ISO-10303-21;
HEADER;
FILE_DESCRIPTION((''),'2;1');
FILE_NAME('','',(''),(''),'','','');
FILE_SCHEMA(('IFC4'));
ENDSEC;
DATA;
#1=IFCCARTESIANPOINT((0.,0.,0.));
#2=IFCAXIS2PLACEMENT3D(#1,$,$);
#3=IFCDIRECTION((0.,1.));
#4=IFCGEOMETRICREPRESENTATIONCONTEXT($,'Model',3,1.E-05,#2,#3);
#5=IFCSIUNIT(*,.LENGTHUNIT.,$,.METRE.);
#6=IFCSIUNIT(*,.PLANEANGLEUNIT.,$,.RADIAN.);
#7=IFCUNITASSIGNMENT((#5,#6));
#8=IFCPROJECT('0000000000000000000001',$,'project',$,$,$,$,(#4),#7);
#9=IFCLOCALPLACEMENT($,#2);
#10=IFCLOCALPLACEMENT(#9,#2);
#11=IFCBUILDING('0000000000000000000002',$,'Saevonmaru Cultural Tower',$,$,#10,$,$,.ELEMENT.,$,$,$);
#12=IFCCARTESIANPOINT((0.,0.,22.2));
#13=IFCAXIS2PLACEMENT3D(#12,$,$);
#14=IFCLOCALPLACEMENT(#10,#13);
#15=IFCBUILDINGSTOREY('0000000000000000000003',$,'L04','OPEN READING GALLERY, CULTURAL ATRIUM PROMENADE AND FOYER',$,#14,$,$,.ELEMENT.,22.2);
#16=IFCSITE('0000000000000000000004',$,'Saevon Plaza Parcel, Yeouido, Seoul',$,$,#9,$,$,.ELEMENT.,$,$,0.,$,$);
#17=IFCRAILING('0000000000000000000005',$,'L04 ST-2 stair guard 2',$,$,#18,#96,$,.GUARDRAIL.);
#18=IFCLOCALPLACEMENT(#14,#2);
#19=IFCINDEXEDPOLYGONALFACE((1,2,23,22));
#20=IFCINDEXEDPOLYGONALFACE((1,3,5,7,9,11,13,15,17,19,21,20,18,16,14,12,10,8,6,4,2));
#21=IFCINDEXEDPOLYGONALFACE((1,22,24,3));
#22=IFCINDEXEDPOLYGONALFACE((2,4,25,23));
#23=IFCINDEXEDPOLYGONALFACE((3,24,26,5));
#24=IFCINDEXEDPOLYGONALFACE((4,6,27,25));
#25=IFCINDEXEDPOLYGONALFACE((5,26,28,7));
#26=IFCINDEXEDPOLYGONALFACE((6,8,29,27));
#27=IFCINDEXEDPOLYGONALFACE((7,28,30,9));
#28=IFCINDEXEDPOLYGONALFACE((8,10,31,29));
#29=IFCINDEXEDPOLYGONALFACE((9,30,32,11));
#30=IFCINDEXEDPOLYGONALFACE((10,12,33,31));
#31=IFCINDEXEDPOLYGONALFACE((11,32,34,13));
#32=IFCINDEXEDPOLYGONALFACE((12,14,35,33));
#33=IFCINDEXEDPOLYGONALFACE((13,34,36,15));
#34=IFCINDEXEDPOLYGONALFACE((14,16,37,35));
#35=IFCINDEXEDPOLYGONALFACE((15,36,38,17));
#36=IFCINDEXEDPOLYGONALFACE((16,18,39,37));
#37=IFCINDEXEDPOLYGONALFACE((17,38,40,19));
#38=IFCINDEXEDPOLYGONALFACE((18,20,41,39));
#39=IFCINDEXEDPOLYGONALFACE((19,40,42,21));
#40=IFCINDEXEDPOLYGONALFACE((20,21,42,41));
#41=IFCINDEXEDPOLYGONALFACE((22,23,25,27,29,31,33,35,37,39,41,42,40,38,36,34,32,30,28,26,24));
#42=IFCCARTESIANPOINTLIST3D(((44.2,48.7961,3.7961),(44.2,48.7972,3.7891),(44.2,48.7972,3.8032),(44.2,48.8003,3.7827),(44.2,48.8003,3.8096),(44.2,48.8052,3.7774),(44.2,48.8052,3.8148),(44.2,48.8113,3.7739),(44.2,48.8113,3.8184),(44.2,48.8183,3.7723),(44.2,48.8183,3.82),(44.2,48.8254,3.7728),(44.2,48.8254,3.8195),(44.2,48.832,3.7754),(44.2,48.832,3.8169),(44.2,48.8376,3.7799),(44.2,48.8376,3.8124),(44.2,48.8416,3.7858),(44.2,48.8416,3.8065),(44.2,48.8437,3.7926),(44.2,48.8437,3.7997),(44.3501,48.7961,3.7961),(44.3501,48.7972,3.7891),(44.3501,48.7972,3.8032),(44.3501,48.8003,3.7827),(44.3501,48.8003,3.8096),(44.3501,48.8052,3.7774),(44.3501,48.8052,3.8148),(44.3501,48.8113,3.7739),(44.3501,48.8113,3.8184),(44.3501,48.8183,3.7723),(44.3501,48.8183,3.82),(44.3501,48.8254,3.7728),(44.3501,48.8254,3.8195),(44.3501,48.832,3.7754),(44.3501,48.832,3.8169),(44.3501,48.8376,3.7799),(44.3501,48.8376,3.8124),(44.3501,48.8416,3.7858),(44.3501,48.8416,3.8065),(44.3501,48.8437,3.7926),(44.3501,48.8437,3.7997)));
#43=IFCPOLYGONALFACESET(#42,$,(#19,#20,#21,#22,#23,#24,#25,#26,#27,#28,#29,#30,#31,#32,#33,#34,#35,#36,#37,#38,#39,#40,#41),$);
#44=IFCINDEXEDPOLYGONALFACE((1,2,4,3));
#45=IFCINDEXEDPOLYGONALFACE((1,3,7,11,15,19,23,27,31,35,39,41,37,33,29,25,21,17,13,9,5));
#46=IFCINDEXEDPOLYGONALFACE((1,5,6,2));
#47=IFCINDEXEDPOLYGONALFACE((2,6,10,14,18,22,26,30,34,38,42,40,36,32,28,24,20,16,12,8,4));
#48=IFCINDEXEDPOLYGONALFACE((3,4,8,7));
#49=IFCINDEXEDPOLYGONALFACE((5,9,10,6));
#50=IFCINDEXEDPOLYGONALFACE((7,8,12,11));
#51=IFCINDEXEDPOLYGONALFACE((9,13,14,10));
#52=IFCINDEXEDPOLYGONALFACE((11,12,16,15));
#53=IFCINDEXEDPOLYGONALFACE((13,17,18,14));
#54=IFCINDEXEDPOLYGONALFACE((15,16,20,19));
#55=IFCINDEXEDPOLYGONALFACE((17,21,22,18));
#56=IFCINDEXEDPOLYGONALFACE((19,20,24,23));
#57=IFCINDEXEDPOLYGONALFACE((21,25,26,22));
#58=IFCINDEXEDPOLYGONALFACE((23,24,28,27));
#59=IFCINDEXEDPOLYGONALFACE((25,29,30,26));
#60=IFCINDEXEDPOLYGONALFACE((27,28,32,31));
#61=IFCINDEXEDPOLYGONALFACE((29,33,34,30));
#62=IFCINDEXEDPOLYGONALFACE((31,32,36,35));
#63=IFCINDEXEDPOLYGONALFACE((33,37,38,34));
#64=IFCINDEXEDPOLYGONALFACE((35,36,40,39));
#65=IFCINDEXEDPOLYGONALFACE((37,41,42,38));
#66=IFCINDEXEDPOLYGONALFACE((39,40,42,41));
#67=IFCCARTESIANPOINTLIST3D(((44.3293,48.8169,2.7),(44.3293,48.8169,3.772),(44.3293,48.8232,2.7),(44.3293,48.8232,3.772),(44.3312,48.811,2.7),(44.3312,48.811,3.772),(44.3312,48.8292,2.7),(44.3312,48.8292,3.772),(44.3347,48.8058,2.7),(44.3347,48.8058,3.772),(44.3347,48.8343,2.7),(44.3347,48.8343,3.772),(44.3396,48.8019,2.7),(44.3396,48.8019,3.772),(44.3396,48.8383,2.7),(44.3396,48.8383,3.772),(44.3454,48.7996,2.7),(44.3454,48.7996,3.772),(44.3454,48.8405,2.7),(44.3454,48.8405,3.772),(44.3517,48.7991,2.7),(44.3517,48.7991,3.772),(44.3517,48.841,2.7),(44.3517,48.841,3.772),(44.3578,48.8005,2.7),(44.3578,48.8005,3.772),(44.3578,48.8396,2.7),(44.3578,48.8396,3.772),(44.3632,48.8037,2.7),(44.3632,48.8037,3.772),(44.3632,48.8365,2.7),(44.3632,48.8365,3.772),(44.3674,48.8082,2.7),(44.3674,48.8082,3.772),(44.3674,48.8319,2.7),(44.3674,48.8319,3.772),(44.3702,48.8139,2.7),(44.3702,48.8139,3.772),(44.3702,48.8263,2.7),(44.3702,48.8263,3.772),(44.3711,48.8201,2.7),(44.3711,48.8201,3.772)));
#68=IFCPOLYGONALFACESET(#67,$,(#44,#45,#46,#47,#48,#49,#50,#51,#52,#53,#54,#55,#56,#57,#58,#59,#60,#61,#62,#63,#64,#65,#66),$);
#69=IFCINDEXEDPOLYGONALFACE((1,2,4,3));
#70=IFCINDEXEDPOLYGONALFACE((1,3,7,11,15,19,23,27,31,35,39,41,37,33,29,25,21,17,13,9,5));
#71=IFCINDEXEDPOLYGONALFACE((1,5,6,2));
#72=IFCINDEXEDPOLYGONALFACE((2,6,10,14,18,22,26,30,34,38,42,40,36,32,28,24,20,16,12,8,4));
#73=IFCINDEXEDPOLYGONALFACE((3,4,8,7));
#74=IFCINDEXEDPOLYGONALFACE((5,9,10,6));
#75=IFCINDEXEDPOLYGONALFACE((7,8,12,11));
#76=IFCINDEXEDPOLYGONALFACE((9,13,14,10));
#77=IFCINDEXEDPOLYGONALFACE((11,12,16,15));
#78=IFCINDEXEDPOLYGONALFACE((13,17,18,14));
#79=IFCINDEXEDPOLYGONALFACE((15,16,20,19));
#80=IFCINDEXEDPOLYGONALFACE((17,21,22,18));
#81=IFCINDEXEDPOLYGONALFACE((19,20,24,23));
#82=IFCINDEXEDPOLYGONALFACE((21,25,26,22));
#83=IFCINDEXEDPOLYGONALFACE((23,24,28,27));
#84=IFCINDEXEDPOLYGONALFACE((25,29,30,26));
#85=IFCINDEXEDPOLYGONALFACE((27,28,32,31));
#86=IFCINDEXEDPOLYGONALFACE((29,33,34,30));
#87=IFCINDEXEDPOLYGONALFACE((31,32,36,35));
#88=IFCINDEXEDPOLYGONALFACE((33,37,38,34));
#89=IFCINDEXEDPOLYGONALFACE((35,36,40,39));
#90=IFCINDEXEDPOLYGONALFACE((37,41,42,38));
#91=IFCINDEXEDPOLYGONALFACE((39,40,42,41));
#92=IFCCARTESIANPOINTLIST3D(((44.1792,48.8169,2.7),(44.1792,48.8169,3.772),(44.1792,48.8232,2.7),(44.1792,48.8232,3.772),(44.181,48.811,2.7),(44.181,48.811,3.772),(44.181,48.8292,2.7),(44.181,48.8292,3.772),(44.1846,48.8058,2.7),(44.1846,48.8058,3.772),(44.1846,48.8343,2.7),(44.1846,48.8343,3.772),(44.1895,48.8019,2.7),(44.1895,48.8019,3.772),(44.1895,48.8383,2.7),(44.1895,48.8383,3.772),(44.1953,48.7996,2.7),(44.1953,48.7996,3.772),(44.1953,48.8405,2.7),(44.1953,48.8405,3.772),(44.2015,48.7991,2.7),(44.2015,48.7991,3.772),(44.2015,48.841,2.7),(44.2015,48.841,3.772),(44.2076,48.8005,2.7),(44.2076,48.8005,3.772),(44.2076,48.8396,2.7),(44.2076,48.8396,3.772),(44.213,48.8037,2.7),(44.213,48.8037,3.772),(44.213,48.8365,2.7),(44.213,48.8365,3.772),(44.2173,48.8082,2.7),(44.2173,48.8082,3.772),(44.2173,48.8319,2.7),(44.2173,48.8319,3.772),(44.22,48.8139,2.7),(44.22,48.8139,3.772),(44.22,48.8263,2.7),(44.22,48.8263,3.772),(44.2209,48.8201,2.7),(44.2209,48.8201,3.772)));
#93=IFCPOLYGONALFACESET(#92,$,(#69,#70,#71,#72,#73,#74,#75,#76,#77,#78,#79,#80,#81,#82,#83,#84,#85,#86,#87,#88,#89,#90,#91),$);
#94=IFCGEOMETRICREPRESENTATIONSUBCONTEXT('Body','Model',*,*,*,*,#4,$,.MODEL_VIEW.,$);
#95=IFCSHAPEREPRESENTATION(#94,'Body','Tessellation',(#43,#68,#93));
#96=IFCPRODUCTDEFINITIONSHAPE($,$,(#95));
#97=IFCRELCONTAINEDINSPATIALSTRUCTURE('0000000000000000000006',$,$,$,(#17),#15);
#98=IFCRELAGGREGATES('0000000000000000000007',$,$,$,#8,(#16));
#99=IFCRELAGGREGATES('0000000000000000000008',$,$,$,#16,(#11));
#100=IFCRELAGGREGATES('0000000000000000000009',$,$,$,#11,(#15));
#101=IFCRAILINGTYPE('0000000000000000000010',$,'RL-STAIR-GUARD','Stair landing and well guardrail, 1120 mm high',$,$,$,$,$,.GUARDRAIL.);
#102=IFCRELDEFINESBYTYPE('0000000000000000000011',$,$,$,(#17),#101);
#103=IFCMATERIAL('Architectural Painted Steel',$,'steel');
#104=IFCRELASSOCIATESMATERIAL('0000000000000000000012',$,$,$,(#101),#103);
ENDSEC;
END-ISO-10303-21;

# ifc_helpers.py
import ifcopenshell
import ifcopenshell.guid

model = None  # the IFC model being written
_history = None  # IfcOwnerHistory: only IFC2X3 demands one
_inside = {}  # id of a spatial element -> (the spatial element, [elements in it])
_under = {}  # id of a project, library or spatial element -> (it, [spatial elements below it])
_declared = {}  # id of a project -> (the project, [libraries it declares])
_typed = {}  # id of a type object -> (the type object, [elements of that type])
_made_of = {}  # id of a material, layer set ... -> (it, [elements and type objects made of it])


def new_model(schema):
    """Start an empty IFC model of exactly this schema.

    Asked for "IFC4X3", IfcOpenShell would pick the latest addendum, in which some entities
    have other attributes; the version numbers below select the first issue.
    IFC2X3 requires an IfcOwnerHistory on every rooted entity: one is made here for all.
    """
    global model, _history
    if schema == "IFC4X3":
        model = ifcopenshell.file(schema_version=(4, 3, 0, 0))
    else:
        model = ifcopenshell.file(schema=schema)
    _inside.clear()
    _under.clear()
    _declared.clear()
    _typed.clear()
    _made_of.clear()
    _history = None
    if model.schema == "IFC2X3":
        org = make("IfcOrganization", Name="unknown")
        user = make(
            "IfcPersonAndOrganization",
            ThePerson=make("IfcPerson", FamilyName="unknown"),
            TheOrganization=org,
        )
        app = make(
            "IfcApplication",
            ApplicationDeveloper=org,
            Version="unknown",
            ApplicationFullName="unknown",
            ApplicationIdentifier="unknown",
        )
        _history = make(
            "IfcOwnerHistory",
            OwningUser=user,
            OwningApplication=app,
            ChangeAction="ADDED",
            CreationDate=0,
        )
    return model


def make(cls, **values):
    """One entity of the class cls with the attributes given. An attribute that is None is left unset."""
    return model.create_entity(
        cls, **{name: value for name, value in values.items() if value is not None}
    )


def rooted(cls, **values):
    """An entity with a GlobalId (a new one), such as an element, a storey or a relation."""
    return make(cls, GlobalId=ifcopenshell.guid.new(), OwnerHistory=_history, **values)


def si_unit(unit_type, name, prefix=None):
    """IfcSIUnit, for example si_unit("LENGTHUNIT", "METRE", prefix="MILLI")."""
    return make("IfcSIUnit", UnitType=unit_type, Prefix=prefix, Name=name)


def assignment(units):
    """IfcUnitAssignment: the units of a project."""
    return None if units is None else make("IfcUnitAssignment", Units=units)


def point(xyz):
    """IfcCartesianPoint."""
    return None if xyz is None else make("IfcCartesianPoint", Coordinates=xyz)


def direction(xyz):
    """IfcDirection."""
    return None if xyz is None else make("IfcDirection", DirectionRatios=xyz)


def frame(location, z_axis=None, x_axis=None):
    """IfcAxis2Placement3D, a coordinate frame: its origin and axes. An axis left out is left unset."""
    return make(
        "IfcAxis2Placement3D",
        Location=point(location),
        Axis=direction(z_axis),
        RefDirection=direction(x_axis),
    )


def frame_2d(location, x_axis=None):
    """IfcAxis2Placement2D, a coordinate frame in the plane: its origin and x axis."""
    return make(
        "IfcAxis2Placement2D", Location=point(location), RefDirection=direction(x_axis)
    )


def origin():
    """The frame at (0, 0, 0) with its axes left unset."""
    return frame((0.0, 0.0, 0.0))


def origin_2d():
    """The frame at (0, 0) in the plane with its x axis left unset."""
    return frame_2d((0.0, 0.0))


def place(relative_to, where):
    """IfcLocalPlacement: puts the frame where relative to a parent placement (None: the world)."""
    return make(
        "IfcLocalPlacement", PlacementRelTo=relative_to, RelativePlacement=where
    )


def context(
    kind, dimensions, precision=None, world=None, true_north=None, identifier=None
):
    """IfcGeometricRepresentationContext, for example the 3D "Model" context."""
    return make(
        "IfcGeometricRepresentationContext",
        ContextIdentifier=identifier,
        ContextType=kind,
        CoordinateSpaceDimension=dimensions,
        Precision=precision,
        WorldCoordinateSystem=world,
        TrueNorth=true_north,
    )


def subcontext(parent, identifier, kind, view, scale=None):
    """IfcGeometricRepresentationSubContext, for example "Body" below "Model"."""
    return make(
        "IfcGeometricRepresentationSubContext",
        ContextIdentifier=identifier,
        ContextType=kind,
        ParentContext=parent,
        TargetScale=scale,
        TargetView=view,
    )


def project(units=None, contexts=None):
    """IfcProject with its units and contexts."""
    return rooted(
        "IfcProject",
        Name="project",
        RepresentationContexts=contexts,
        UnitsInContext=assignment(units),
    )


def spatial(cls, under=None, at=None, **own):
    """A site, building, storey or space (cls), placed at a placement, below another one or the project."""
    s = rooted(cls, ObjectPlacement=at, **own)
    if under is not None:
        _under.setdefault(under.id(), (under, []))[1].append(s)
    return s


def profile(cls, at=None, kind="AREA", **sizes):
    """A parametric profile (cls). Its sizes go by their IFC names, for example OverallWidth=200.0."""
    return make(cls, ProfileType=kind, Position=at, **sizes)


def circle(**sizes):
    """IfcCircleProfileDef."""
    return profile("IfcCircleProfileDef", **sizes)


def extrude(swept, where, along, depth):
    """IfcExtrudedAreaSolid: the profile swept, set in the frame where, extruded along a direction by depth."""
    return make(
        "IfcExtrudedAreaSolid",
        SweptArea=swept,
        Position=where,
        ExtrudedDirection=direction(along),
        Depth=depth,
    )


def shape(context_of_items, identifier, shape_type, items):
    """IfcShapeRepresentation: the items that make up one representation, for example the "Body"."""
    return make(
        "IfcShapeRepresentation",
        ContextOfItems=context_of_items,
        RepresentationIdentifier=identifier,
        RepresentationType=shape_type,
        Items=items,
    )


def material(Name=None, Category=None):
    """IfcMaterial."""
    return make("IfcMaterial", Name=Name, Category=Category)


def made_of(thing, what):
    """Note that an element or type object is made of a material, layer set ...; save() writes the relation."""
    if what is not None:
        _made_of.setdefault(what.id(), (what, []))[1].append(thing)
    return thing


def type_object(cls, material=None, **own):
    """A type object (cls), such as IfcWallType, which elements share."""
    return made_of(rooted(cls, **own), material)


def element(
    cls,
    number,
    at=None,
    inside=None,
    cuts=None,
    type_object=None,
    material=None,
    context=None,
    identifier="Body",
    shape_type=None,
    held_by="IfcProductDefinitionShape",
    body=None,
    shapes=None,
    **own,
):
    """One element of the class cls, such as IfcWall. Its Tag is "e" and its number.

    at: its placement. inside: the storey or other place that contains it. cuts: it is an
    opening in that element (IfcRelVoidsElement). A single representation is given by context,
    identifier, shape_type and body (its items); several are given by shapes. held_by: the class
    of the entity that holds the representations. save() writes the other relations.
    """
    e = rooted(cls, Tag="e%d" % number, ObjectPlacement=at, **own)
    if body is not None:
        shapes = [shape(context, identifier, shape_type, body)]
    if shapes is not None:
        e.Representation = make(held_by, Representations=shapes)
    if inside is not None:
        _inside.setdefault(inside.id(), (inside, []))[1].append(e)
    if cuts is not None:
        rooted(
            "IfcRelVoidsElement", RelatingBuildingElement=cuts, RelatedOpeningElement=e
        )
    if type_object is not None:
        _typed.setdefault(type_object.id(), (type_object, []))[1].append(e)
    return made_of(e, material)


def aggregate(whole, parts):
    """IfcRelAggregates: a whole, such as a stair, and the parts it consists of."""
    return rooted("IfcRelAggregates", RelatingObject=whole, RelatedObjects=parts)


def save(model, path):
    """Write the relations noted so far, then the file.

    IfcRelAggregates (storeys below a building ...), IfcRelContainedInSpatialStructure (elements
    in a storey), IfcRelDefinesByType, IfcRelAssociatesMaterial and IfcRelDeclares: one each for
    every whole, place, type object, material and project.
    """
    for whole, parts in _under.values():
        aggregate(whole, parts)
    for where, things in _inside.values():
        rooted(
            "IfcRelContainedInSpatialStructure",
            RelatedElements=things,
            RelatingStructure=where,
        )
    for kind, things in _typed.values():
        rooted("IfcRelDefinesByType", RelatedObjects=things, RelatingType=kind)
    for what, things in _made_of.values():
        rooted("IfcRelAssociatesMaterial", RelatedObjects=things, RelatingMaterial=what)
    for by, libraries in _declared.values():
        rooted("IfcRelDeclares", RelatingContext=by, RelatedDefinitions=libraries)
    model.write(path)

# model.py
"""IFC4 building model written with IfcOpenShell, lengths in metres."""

from ifc_helpers import new_model, si_unit, direction, frame, origin, origin_2d, place, context, subcontext, project, spatial, circle, extrude, material, type_object, element, save


model = new_model("IFC4")

# Units and contexts
model_context = context("Model", 3, precision=1e-05, world=origin(), true_north=direction((0.0, 1.0)))
body_context = subcontext(model_context, "Body", "Model", "MODEL_VIEW")
ifc_project = project(units=[si_unit("LENGTHUNIT", "METRE"), si_unit("PLANEANGLEUNIT", "RADIAN")], contexts=[model_context])

# Site, building, storey
site_placement = place(None, origin())
site = spatial("IfcSite", under=ifc_project, at=site_placement, Name="Saevon Plaza Parcel, Yeouido, Seoul", CompositionType="ELEMENT", RefElevation=0.0)
building_placement = place(site_placement, origin())
building = spatial("IfcBuilding", under=site, at=building_placement, Name="Saevonmaru Cultural Tower", CompositionType="ELEMENT")
storey_placement = place(building_placement, frame((0.0, 0.0, 22.2)))
storey = spatial("IfcBuildingStorey", under=building, at=storey_placement, Name="L04", Description="OPEN READING GALLERY, CULTURAL ATRIUM PROMENADE AND FOYER", CompositionType="ELEMENT", Elevation=22.2)

# Railing
ifc_material_1 = material(Name="Architectural Painted Steel", Category="steel")
railing_type_1 = type_object("IfcRailingType", Name="RL-STAIR-GUARD", Description="Stair landing and well guardrail, 1120 mm high", PredefinedType="GUARDRAIL", material=ifc_material_1)
railing_1_placement = place(storey_placement, frame((44.3501, 48.8201, 2.7)))
element("IfcRailing", 1, at=railing_1_placement, inside=storey, type_object=railing_type_1, Name="L04 ST-2 stair guard 2", PredefinedType="GUARDRAIL", context=body_context, shape_type="SweptSolid", body=[
    extrude(circle(Radius=0.0239, at=origin_2d()), frame((0.0, 0.0, 1.0962), z_axis=(-1.0, 0.0, 0.0), x_axis=(0.0, -1.0, 0.0)), (0.0, 0.0, 1.0), 0.1501),
    extrude(circle(Radius=0.021, at=origin_2d()), origin(), (0.0, 0.0, 1.0), 1.072),
    extrude(circle(Radius=0.021, at=origin_2d()), frame((-0.1501, 0.0, 0.0)), (0.0, 0.0, 1.0), 1.072),
])

save(model, "model.ifc")
